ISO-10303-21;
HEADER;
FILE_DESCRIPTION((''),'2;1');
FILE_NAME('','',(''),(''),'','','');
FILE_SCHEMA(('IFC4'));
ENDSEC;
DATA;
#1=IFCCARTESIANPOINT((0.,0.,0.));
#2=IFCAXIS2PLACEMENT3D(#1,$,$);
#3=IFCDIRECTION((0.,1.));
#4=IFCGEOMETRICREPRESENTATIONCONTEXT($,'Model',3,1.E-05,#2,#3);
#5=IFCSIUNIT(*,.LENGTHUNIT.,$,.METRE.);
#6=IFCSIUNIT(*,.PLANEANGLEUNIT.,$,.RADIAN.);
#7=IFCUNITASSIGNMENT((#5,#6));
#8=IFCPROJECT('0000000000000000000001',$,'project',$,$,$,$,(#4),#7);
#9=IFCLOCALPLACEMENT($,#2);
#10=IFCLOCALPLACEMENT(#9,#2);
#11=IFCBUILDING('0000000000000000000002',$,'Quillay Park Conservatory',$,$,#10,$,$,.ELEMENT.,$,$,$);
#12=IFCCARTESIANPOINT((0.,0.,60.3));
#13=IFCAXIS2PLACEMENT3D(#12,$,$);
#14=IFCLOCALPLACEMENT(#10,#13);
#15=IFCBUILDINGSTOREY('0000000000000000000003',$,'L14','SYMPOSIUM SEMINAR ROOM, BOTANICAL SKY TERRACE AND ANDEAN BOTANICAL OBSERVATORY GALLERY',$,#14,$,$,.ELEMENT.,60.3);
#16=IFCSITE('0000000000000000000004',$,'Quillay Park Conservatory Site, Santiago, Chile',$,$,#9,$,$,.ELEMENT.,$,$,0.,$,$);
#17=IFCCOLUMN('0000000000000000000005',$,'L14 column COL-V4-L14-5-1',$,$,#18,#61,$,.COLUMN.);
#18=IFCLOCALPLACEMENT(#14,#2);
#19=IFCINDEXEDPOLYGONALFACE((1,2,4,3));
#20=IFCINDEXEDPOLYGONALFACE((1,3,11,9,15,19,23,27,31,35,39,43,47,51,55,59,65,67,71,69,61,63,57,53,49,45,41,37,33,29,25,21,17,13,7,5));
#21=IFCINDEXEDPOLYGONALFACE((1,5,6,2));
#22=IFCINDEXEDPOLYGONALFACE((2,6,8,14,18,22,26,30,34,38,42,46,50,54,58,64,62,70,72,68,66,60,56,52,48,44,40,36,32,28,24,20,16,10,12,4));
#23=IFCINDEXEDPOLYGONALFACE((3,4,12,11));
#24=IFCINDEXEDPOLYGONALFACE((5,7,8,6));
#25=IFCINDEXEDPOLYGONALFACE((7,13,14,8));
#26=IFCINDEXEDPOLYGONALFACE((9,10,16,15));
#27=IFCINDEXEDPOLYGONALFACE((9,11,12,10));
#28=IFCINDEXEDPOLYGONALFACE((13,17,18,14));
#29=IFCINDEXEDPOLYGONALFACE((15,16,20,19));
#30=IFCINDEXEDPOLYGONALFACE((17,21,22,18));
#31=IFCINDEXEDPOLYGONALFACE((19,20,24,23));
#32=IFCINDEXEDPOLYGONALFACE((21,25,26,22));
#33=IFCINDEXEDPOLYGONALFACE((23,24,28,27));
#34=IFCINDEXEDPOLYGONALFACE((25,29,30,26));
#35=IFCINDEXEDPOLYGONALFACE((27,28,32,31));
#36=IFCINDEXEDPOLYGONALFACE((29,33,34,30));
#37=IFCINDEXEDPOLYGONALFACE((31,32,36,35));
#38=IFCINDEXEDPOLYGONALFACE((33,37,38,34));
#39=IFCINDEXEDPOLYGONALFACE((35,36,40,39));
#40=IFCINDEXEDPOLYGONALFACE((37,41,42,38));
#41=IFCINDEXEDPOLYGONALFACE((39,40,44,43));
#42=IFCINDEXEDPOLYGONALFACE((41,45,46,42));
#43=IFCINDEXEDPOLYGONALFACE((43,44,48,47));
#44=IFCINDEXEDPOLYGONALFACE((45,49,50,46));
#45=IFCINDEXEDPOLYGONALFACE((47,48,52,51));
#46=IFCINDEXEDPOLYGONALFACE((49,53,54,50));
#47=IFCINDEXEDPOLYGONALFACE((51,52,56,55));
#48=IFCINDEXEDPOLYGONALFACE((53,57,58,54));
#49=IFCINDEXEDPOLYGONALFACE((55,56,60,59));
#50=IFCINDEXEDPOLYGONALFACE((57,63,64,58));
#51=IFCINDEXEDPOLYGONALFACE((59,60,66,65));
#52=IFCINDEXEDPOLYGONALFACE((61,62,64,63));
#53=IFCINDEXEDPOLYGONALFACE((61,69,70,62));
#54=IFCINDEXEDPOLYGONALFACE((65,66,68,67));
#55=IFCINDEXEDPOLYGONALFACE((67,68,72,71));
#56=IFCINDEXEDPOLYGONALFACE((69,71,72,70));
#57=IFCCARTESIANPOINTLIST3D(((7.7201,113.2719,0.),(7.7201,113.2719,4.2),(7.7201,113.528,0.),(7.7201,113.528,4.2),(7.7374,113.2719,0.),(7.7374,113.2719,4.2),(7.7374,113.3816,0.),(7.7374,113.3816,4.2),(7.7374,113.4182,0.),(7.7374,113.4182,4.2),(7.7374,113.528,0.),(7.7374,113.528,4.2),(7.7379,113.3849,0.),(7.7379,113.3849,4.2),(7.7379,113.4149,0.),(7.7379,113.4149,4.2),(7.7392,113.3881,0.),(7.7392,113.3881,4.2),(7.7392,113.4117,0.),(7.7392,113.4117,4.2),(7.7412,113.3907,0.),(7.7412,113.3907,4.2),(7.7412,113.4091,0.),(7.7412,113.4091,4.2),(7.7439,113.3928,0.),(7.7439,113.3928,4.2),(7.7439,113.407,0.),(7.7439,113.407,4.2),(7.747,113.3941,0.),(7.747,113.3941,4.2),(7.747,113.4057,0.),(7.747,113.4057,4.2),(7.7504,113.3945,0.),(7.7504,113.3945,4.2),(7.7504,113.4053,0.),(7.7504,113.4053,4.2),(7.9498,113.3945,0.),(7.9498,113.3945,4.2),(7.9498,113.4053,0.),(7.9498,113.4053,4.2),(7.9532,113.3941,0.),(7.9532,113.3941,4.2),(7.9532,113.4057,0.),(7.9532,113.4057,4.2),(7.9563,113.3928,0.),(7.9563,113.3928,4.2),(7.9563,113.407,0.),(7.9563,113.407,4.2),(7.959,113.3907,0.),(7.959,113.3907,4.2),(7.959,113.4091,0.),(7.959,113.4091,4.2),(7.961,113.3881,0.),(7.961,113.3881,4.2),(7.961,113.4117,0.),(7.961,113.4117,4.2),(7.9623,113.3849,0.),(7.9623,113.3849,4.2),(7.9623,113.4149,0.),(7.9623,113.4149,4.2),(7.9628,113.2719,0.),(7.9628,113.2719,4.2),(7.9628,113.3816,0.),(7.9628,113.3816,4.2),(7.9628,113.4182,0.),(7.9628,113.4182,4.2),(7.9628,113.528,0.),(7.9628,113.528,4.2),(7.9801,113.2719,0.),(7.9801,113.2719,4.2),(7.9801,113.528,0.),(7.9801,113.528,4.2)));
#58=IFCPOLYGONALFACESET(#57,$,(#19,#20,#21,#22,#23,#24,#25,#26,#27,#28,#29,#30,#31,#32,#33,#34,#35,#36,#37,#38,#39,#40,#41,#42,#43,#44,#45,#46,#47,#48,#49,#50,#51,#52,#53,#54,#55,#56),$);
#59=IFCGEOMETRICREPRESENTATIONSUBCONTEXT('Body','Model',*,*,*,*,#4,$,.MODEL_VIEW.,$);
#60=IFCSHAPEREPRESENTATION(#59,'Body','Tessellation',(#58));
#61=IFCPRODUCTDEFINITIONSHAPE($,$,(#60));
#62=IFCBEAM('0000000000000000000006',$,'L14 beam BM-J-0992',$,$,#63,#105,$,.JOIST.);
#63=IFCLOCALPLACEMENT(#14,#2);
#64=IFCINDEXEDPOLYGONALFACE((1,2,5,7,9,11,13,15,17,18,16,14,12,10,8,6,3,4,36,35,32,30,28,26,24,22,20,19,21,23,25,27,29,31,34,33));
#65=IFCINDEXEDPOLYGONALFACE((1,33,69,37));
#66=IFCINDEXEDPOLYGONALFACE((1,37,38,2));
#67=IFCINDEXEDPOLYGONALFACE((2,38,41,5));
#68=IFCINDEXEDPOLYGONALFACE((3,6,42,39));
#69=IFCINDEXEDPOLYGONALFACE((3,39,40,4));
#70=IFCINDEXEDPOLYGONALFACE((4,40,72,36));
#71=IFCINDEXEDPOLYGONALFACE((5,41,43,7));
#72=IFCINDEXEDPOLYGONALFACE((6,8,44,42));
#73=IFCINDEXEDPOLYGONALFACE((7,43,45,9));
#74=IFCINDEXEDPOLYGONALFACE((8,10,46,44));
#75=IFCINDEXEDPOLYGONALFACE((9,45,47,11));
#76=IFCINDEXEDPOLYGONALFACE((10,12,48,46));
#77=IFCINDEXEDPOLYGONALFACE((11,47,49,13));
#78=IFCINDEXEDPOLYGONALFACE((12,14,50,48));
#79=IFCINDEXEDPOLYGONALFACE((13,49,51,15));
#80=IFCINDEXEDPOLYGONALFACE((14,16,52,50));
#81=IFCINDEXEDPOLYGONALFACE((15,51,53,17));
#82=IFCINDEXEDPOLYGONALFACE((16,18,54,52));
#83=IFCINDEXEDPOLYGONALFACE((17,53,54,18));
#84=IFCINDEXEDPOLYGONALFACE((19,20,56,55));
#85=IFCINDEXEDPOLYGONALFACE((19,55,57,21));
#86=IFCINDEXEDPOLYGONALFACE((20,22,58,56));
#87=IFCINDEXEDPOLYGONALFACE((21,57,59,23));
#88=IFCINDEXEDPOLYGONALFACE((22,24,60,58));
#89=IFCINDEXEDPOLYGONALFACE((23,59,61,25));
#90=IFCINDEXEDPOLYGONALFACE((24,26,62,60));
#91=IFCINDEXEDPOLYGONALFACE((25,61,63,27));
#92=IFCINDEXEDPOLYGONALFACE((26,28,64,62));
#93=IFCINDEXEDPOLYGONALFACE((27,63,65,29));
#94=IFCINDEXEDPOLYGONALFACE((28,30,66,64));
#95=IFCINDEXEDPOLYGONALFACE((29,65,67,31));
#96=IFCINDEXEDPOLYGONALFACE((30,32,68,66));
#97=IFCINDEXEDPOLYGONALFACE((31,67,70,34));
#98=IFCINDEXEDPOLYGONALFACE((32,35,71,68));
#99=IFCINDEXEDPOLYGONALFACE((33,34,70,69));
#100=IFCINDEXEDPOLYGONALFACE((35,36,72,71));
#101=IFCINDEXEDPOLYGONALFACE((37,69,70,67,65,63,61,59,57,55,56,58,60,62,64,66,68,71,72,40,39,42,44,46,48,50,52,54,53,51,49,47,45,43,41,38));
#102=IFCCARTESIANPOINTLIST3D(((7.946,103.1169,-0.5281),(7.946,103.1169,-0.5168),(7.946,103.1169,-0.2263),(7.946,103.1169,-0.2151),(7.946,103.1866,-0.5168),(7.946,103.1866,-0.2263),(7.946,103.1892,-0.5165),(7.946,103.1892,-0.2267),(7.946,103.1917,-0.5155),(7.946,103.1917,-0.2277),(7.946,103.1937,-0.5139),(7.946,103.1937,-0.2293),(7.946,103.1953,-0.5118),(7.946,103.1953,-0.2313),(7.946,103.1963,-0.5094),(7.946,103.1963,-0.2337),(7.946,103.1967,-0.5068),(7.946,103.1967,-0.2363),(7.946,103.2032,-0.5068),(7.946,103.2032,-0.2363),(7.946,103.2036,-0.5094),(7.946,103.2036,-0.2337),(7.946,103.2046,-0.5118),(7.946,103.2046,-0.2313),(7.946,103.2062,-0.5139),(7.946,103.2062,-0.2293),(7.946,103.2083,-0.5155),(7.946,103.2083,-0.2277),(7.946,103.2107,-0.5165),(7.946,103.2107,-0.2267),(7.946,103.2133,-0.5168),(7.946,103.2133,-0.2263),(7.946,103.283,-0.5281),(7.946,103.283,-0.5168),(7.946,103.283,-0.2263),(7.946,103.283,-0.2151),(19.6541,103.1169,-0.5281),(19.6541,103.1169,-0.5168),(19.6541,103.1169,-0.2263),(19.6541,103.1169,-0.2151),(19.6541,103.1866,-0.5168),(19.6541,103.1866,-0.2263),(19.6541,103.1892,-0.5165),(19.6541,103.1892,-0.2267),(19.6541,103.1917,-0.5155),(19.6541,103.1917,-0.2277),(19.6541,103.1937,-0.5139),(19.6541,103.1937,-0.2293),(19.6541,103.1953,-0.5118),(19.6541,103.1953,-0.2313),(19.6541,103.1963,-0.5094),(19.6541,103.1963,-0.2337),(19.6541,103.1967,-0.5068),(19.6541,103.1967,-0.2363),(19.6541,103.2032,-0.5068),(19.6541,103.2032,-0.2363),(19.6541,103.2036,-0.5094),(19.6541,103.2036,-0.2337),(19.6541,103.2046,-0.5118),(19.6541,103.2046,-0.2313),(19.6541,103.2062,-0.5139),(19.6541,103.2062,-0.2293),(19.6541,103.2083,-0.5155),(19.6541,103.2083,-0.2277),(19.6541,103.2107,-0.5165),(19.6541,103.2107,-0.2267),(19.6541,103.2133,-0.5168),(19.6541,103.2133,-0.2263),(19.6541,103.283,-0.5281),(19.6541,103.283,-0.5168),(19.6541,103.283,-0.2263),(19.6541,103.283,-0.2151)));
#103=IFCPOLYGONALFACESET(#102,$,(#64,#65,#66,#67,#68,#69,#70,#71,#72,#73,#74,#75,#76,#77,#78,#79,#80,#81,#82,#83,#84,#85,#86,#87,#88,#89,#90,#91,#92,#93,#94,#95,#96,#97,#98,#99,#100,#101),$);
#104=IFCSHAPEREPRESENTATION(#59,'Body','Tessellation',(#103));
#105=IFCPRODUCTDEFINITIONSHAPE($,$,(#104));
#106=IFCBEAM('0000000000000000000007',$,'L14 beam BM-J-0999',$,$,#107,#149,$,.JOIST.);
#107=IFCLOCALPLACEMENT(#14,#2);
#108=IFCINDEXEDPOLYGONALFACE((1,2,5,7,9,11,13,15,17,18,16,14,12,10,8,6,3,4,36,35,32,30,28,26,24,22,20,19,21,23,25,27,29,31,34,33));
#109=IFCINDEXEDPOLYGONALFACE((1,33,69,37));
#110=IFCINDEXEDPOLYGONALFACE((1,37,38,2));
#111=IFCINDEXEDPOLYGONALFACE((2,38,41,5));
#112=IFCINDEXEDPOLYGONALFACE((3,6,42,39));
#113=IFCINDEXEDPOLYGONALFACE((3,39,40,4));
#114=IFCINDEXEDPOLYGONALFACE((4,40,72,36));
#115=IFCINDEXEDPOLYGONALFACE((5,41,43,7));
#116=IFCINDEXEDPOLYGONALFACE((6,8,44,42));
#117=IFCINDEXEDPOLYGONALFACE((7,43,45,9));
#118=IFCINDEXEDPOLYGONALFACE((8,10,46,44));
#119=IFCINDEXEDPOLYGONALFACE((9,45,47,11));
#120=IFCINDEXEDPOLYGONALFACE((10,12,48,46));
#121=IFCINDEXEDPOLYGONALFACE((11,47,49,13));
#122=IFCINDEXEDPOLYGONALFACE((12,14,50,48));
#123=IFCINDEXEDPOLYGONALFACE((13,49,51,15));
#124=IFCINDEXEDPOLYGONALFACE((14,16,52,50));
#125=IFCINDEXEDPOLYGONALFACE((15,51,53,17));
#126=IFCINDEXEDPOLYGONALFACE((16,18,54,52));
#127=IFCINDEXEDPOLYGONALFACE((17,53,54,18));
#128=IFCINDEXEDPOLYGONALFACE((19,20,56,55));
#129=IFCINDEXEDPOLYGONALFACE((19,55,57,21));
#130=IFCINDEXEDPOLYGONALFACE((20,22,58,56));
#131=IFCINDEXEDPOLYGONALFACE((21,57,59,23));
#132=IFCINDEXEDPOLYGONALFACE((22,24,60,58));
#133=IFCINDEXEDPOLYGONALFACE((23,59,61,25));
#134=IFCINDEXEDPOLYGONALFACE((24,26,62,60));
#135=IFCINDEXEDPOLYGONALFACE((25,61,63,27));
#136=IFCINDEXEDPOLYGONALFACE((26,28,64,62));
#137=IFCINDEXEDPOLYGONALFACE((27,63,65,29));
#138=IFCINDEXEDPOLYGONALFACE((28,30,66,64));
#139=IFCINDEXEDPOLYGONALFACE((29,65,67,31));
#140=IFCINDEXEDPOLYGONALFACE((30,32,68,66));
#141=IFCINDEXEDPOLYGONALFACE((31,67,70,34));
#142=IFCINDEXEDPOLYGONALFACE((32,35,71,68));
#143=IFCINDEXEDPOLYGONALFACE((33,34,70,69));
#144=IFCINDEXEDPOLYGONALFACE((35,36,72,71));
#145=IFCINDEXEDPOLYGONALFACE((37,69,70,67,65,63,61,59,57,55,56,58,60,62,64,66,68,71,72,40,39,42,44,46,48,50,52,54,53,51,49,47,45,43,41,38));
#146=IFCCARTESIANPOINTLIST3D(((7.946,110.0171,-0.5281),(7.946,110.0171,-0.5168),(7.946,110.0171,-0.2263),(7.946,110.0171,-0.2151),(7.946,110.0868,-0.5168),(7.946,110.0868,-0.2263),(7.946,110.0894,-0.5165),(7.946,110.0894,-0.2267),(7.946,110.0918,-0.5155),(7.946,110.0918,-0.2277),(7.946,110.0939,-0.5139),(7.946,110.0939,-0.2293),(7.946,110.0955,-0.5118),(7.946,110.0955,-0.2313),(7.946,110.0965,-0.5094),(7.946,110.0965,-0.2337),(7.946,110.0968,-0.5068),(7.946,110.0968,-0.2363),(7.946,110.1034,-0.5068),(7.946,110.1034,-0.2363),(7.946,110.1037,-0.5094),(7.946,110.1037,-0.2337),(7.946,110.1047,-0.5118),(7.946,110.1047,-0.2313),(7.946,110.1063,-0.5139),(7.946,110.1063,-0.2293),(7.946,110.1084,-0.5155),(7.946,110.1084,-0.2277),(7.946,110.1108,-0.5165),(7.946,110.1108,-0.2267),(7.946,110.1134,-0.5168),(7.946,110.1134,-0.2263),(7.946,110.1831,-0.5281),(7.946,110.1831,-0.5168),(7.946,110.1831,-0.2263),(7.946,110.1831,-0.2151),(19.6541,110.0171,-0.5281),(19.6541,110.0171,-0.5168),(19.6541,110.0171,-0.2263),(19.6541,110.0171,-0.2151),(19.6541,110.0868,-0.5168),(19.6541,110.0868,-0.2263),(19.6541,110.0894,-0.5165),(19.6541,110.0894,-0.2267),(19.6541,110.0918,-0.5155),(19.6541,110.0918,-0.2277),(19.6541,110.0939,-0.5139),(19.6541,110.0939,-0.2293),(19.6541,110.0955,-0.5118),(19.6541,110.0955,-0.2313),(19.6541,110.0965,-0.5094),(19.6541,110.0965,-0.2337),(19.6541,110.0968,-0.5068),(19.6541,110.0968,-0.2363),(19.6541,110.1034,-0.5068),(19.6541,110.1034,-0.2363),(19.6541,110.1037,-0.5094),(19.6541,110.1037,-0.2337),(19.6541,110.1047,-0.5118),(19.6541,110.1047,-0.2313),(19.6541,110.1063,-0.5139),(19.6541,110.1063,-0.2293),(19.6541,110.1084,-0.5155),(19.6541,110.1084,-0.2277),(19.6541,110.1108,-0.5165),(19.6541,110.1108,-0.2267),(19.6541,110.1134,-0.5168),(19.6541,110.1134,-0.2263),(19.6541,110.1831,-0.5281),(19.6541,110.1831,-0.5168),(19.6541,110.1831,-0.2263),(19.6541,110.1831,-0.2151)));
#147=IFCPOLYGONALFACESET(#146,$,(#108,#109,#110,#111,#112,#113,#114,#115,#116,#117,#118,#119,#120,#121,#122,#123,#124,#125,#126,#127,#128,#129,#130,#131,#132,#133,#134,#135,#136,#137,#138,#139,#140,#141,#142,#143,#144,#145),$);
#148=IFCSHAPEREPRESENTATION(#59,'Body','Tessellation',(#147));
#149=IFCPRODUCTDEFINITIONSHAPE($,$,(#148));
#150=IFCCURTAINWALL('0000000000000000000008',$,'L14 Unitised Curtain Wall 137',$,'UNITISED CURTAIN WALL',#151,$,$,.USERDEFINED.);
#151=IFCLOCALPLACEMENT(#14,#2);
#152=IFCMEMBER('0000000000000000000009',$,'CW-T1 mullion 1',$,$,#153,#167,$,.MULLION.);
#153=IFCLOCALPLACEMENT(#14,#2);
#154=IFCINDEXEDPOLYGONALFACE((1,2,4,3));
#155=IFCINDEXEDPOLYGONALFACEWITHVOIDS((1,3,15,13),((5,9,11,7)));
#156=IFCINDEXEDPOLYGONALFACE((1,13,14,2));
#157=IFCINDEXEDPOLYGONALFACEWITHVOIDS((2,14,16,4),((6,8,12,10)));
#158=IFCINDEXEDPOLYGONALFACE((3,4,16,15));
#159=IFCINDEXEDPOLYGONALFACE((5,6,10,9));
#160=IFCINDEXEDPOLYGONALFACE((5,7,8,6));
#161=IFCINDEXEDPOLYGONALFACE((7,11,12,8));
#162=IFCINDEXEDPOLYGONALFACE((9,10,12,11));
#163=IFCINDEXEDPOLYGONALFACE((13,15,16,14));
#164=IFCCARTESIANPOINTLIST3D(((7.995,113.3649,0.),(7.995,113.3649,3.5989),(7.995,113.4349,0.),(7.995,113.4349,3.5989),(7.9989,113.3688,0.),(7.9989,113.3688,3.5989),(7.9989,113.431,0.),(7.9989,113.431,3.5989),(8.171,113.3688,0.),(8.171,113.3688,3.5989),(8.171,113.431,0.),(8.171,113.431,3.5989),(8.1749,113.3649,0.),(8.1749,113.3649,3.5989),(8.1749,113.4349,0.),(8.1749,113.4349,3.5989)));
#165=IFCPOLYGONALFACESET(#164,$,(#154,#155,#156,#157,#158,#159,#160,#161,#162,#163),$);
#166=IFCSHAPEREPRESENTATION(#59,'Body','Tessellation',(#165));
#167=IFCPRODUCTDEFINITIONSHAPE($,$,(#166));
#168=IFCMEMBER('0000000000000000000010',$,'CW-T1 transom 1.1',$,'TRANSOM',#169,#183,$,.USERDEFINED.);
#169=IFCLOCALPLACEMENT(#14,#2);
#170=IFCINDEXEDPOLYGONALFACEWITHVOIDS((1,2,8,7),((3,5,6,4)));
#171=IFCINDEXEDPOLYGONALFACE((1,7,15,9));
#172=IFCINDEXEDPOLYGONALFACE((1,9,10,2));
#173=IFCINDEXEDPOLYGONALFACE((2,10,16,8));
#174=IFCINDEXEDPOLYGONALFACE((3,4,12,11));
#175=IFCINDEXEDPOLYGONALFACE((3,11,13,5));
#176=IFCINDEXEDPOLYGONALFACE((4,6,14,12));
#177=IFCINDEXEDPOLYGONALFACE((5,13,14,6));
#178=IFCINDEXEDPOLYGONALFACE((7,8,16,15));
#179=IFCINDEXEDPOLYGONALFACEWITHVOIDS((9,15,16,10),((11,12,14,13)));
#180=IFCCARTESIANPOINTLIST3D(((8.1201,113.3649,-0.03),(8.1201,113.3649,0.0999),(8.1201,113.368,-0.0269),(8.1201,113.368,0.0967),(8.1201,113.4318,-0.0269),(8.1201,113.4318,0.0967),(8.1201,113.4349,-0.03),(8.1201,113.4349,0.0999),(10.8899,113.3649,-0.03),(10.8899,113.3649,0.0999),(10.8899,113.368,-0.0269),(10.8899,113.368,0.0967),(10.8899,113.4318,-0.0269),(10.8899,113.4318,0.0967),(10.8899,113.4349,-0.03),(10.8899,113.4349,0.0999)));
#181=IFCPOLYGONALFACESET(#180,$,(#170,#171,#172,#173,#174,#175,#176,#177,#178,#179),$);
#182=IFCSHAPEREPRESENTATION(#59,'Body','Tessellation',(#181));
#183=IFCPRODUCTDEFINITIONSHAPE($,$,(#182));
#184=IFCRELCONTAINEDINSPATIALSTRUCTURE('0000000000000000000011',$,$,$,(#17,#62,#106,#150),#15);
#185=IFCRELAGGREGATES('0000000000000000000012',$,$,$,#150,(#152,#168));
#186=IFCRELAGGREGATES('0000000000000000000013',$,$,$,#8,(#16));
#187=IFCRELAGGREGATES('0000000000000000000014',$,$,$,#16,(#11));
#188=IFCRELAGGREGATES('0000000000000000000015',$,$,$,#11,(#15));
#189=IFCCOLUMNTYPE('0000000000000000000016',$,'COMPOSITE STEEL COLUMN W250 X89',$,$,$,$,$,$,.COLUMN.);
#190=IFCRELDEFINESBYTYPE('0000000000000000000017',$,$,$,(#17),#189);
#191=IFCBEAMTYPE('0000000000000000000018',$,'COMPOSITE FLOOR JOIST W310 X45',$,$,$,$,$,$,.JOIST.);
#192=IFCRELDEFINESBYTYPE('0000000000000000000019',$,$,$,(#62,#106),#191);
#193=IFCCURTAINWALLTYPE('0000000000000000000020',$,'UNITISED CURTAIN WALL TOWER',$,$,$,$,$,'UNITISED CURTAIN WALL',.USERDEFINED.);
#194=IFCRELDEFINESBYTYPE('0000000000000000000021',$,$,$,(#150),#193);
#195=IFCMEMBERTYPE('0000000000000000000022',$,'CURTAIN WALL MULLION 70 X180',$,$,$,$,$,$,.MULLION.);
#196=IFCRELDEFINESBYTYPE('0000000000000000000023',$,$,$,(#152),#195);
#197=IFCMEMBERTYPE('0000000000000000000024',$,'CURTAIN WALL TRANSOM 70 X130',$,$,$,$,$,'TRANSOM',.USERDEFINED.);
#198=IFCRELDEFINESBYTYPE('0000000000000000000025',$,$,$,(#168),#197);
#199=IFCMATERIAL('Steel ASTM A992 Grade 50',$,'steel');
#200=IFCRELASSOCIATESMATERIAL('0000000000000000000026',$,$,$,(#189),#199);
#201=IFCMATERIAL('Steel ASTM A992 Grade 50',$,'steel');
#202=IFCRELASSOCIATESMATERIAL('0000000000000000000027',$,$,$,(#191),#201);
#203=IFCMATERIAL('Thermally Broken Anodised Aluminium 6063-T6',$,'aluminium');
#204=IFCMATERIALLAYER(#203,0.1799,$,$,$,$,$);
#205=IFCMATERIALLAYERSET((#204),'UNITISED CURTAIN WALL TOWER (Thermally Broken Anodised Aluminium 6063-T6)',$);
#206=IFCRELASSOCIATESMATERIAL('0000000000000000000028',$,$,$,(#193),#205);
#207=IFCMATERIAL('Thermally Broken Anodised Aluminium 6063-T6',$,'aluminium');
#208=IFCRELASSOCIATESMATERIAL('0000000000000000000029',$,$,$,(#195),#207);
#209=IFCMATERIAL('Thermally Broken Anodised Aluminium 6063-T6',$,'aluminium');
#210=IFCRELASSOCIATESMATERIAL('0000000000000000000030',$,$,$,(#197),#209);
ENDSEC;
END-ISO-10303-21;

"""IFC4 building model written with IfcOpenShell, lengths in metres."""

from ifc_helpers import new_model, si_unit, direction, frame, origin, origin_2d, place, context, subcontext, project, spatial, hollow_rectangle, i_section, extrude, material, layer, layer_set, material_profile, profile_set, type_object, element, aggregate, save


model = new_model("IFC4")

# Units and contexts
model_context = context("Model", 3, precision=1e-05, world=origin(), true_north=direction((0.0, 1.0)))
body_context = subcontext(model_context, "Body", "Model", "MODEL_VIEW")
ifc_project = project(units=[si_unit("LENGTHUNIT", "METRE"), si_unit("PLANEANGLEUNIT", "RADIAN")], contexts=[model_context])

# Site, building, storey
site_placement = place(None, origin())
site = spatial("IfcSite", under=ifc_project, at=site_placement, Name="Quillay Park Conservatory Site, Santiago, Chile", CompositionType="ELEMENT", RefElevation=0.0)
building_placement = place(site_placement, origin())
building = spatial("IfcBuilding", under=site, at=building_placement, Name="Quillay Park Conservatory", CompositionType="ELEMENT")
storey_placement = place(building_placement, frame((0.0, 0.0, 60.3)))
storey = spatial("IfcBuildingStorey", under=building, at=storey_placement, Name="L14", Description="SYMPOSIUM SEMINAR ROOM, BOTANICAL SKY TERRACE AND ANDEAN BOTANICAL OBSERVATORY GALLERY", CompositionType="ELEMENT", Elevation=60.3)

# Column
ifc_material_1 = material(Name="Steel ASTM A992 Grade 50", Category="steel")
ifc_material_profile_1 = material_profile(ifc_material_1, i_section(OverallWidth=0.2561, OverallDepth=0.26, WebThickness=0.0107, FlangeThickness=0.0173, FilletRadius=0.0129, at=origin_2d()), Name="W250x89")
ifc_profile_set_1 = profile_set([ifc_material_profile_1], Name="Steel ASTM A992 Grade 50")
column_type = type_object("IfcColumnType", Name="COMPOSITE STEEL COLUMN W250 X89", PredefinedType="COLUMN", material=ifc_profile_set_1)
column_placement = place(storey_placement, frame((7.8501, 113.3999, 0.0), z_axis=(0.0, 0.0, 1.0), x_axis=(0.0, 1.0, 0.0)))
element("IfcColumn", 1, at=column_placement, inside=storey, type_object=column_type, Name="L14 column COL-V4-L14-5-1", PredefinedType="COLUMN", context=body_context, shape_type="SweptSolid", body=[
    extrude(i_section(OverallWidth=0.2561, OverallDepth=0.26, WebThickness=0.0107, FlangeThickness=0.0173, FilletRadius=0.0129, at=origin_2d()), origin(), (0.0, 0.0, 1.0), 4.2),
])

# Beams
ifc_material_2 = material(Name="Steel ASTM A992 Grade 50", Category="steel")
ifc_material_profile_2 = material_profile(ifc_material_2, i_section(OverallWidth=0.166, OverallDepth=0.313, WebThickness=0.0066, FlangeThickness=0.0112, FilletRadius=0.01, at=origin_2d()), Name="W310x45")
ifc_profile_set_2 = profile_set([ifc_material_profile_2], Name="Steel ASTM A992 Grade 50")
beam_type_1 = type_object("IfcBeamType", Name="COMPOSITE FLOOR JOIST W310 X45", PredefinedType="JOIST", material=ifc_profile_set_2)
for number, where, z_axis, x_axis, name in (
    (2, (7.946, 103.2, -0.3716), (1.0, 0.0, 0.0), (0.0, 1.0, 0.0), "L14 beam BM-J-0992"),
    (3, (7.946, 110.1001, -0.3716), (1.0, 0.0, 0.0), (0.0, 1.0, 0.0), "L14 beam BM-J-0999"),
):
    element("IfcBeam", number, at=place(storey_placement, frame(where, z_axis=z_axis, x_axis=x_axis)), inside=storey, type_object=beam_type_1, Name=name, PredefinedType="JOIST", context=body_context, shape_type="SweptSolid", body=[
        extrude(i_section(OverallWidth=0.166, OverallDepth=0.313, WebThickness=0.0066, FlangeThickness=0.0112, FilletRadius=0.01, at=origin_2d()), origin(), (0.0, 0.0, 1.0), 11.708),
    ])

# Curtain wall, members
ifc_material_3 = material(Name="Thermally Broken Anodised Aluminium 6063-T6", Category="aluminium")
ifc_layer_1 = layer(ifc_material_3, 0.1799)
ifc_layer_set_1 = layer_set([ifc_layer_1], Name="UNITISED CURTAIN WALL TOWER (Thermally Broken Anodised Aluminium 6063-T6)")
curtain_wall_type = type_object("IfcCurtainWallType", Name="UNITISED CURTAIN WALL TOWER", ElementType="UNITISED CURTAIN WALL", PredefinedType="USERDEFINED", material=ifc_layer_set_1)
curtain_wall_placement = place(storey_placement, origin())
curtain_wall = element("IfcCurtainWall", 4, at=curtain_wall_placement, inside=storey, type_object=curtain_wall_type, Name="L14 Unitised Curtain Wall 137", ObjectType="UNITISED CURTAIN WALL", PredefinedType="USERDEFINED")
ifc_material_4 = material(Name="Thermally Broken Anodised Aluminium 6063-T6", Category="aluminium")
ifc_material_profile_3 = material_profile(ifc_material_4, hollow_rectangle(XDim=0.0701, YDim=0.1799, WallThickness=0.0039, at=origin_2d()), Name="AL70x180x4")
ifc_profile_set_3 = profile_set([ifc_material_profile_3], Name="Thermally Broken Anodised Aluminium 6063-T6")
member_type_1 = type_object("IfcMemberType", Name="CURTAIN WALL MULLION 70 X180", PredefinedType="MULLION", material=ifc_profile_set_3)
member_1_placement = place(storey_placement, frame((8.085, 113.3999, 0.0), z_axis=(0.0, 0.0, 1.0), x_axis=(0.0, 1.0, 0.0)))
member_1 = element("IfcMember", 5, at=member_1_placement, type_object=member_type_1, Name="CW-T1 mullion 1", PredefinedType="MULLION", context=body_context, shape_type="SweptSolid", body=[
    extrude(hollow_rectangle(XDim=0.0701, YDim=0.1799, WallThickness=0.0039, at=origin_2d()), origin(), (0.0, 0.0, 1.0), 3.5989),
])
ifc_material_5 = material(Name="Thermally Broken Anodised Aluminium 6063-T6", Category="aluminium")
ifc_material_profile_4 = material_profile(ifc_material_5, hollow_rectangle(XDim=0.0701, YDim=0.1299, WallThickness=0.0032, at=origin_2d()), Name="AL70x130x3.2")
ifc_profile_set_4 = profile_set([ifc_material_profile_4], Name="Thermally Broken Anodised Aluminium 6063-T6")
member_type_2 = type_object("IfcMemberType", Name="CURTAIN WALL TRANSOM 70 X130", ElementType="TRANSOM", PredefinedType="USERDEFINED", material=ifc_profile_set_4)
member_2_placement = place(storey_placement, frame((8.1201, 113.3999, 0.0349), z_axis=(1.0, 0.0, 0.0), x_axis=(0.0, 1.0, 0.0)))
member_2 = element("IfcMember", 6, at=member_2_placement, type_object=member_type_2, Name="CW-T1 transom 1.1", ObjectType="TRANSOM", PredefinedType="USERDEFINED", context=body_context, shape_type="SweptSolid", body=[
    extrude(hollow_rectangle(XDim=0.0701, YDim=0.1299, WallThickness=0.0032, at=origin_2d()), origin(), (0.0, 0.0, 1.0), 2.7698),
])
aggregate(curtain_wall, [member_1, member_2])

save(model, "model.ifc")
